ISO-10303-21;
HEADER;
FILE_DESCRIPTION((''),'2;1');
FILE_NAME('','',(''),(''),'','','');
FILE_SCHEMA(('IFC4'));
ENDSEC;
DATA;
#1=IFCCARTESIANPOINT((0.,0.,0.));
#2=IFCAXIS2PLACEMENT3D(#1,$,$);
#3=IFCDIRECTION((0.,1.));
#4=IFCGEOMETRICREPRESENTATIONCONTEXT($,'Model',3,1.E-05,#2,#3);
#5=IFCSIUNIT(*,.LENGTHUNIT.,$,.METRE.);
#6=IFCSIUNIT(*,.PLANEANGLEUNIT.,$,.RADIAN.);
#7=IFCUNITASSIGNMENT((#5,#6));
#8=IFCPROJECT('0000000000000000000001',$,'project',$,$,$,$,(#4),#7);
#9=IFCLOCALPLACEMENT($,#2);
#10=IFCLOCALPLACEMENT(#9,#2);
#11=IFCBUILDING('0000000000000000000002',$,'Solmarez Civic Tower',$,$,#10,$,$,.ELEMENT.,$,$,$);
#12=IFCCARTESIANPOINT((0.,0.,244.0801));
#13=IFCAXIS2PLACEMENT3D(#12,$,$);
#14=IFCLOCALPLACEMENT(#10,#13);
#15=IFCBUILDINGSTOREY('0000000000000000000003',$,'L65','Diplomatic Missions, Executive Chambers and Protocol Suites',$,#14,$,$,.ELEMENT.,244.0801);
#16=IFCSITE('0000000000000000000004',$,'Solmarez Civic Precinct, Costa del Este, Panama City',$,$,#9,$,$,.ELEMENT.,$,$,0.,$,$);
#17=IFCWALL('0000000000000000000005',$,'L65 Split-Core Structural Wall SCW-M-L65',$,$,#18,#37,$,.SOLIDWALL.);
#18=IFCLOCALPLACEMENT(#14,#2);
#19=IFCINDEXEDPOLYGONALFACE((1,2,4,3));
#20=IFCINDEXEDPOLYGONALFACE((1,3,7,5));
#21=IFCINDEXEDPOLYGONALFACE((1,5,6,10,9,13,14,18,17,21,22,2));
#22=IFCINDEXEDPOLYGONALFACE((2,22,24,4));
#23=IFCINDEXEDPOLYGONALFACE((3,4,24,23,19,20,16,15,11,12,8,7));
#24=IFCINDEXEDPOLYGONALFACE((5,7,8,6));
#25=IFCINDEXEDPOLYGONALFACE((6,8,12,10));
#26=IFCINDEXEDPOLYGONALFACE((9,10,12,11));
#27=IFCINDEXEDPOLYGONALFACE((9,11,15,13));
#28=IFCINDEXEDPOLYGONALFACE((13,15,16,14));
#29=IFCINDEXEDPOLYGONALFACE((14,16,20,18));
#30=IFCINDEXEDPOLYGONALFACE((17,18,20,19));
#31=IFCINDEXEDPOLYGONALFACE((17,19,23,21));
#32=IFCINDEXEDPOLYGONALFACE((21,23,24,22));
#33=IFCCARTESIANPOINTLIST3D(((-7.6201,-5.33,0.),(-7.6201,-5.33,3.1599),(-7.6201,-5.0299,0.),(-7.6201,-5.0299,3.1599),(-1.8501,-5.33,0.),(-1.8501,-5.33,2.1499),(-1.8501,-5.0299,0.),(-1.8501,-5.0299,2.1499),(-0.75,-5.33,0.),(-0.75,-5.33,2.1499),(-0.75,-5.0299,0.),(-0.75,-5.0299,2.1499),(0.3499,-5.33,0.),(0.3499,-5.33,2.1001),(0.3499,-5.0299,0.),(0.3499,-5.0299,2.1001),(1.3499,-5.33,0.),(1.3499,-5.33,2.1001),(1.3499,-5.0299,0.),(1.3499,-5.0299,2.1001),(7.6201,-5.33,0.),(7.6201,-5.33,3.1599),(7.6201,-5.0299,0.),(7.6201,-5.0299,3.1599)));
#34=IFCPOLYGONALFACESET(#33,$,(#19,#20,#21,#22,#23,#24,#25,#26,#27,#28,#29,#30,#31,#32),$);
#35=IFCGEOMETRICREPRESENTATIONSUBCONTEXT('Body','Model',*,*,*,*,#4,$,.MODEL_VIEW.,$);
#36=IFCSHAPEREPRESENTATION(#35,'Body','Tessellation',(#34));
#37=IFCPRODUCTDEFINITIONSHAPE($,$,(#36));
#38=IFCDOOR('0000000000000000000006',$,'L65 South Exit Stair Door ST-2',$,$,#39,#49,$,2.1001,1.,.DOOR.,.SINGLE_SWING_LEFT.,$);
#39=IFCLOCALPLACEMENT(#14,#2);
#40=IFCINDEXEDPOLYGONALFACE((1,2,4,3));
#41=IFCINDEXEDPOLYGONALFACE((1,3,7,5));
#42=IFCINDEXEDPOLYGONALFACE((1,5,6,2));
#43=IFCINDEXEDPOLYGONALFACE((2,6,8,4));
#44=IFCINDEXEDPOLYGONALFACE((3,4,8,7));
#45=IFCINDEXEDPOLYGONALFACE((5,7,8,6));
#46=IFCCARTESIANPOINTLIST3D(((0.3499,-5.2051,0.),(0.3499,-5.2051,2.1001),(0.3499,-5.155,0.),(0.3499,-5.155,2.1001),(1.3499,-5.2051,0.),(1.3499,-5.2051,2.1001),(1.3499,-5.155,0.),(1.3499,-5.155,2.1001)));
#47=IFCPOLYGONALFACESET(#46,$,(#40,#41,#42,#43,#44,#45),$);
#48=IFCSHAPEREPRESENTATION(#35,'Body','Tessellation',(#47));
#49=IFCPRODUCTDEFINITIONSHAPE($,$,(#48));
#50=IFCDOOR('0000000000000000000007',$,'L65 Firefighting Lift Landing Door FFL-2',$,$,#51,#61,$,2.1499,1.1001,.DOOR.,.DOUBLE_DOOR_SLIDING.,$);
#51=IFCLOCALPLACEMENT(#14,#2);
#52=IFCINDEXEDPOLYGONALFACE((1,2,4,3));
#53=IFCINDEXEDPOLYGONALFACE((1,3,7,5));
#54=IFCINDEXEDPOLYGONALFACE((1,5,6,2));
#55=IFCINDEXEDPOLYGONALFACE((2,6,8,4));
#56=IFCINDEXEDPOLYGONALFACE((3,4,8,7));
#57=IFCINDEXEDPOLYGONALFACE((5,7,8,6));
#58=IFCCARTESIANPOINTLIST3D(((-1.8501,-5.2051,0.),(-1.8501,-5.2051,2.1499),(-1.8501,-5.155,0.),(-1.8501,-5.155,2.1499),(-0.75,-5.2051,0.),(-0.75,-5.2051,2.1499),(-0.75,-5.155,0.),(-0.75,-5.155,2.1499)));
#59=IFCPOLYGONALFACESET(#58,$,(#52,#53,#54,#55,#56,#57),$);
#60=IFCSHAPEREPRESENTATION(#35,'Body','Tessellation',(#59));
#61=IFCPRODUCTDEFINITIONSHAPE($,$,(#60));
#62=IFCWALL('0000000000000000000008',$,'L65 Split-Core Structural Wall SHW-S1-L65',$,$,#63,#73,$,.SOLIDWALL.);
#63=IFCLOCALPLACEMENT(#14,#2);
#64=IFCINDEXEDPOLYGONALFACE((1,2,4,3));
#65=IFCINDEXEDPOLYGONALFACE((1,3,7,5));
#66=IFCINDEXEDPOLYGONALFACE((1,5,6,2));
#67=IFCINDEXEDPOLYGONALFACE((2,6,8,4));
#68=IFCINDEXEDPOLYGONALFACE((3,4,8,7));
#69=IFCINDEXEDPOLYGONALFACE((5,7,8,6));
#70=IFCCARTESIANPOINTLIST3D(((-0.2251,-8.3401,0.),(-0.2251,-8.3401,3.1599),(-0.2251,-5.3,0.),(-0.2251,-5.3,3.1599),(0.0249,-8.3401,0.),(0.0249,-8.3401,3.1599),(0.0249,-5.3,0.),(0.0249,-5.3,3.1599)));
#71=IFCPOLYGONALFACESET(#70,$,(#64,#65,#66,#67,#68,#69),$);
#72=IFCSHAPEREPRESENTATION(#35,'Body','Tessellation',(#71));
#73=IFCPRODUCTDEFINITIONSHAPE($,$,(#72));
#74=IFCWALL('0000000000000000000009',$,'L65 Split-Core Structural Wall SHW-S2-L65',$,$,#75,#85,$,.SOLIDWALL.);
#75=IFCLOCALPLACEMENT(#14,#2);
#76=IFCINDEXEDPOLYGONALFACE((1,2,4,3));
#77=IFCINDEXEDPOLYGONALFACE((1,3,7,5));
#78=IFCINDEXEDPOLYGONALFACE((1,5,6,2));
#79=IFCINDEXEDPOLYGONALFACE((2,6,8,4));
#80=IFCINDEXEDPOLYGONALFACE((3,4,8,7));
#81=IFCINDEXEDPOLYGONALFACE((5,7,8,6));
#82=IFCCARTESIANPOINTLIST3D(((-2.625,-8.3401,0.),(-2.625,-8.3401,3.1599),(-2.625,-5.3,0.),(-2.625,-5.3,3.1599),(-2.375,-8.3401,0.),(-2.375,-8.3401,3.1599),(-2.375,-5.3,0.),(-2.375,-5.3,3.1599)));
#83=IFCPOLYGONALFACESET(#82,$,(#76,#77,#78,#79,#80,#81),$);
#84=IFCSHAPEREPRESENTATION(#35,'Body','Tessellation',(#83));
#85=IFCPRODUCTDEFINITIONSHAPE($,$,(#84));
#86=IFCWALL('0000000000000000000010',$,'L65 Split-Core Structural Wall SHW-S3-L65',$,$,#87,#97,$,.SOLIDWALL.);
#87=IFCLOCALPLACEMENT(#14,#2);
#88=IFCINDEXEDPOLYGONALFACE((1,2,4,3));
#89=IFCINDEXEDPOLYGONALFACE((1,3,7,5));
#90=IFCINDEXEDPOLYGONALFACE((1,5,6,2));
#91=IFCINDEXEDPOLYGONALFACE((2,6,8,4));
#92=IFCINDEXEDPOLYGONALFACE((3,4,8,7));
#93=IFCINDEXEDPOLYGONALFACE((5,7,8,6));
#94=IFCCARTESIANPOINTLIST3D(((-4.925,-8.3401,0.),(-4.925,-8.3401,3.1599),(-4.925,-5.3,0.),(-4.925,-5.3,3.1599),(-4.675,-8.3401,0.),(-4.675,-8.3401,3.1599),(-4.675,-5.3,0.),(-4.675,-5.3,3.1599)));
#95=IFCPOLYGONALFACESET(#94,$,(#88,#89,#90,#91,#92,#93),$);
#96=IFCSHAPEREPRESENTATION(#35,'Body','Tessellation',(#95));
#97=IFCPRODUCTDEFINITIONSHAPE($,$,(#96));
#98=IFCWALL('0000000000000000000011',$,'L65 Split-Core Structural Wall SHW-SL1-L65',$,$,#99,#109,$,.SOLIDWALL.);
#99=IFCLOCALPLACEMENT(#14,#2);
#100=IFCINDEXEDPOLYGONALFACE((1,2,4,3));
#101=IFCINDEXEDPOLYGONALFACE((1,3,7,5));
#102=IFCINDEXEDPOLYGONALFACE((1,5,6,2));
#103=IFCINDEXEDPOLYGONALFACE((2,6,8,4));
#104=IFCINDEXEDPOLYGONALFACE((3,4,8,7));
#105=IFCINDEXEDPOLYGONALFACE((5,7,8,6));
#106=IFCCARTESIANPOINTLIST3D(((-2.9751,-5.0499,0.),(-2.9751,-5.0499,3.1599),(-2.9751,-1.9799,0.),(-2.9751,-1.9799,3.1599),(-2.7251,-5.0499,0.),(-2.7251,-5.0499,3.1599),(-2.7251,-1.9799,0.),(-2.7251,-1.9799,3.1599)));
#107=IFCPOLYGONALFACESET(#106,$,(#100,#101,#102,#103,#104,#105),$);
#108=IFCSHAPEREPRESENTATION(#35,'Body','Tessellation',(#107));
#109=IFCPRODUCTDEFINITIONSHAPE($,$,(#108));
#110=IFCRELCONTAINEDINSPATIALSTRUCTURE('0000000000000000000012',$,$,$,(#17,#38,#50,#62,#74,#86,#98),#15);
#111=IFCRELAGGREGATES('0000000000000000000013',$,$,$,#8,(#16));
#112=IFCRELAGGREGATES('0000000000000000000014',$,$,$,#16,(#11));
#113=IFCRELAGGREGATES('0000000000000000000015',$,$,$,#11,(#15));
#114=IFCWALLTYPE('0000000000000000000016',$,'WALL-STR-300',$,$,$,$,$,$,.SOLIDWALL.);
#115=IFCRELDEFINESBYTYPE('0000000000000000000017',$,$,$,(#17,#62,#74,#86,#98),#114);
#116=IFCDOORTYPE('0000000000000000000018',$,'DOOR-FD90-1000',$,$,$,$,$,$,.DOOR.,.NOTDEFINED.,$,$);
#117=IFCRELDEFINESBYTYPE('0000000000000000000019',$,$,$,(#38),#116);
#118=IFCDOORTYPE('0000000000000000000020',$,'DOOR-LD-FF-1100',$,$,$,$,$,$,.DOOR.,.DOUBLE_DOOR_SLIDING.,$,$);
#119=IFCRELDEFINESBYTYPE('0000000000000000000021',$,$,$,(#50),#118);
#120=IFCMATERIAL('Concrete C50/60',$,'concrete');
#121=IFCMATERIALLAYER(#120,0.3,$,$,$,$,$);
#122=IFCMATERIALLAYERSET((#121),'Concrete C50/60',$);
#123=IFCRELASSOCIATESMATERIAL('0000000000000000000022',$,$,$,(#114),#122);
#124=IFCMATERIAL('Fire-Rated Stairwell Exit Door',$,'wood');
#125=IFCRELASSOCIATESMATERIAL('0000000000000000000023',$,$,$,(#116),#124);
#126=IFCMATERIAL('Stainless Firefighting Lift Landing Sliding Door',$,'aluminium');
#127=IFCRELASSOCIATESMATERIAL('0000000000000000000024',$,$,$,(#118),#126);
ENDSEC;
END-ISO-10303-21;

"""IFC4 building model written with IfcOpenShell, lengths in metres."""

from ifc_helpers import new_model, si_unit, direction, frame, frame_2d, origin, place, context, subcontext, project, spatial, rectangle, extrude, material, layer, layer_set, type_object, element, fill, save


model = new_model("IFC4")

# Units and contexts
model_context = context("Model", 3, precision=1e-05, world=origin(), true_north=direction((0.0, 1.0)))
body_context = subcontext(model_context, "Body", "Model", "MODEL_VIEW")
ifc_project = project(units=[si_unit("LENGTHUNIT", "METRE"), si_unit("PLANEANGLEUNIT", "RADIAN")], contexts=[model_context])

# Site, building, storey
site_placement = place(None, origin())
site = spatial("IfcSite", under=ifc_project, at=site_placement, Name="Solmarez Civic Precinct, Costa del Este, Panama City", CompositionType="ELEMENT", RefElevation=0.0)
building_placement = place(site_placement, origin())
building = spatial("IfcBuilding", under=site, at=building_placement, Name="Solmarez Civic Tower", CompositionType="ELEMENT")
storey_placement = place(building_placement, frame((0.0, 0.0, 244.0801)))
storey = spatial("IfcBuildingStorey", under=building, at=storey_placement, Name="L65", Description="Diplomatic Missions, Executive Chambers and Protocol Suites", CompositionType="ELEMENT", Elevation=244.0801)

# Shared definitions
ifc_material_1 = material(Name="Concrete C50/60", Category="concrete")

# Wall, openings, doors
ifc_layer_1 = layer(ifc_material_1, 0.3)
ifc_layer_set_1 = layer_set([ifc_layer_1], Name="Concrete C50/60")
wall_type_1 = type_object("IfcWallType", Name="WALL-STR-300", PredefinedType="SOLIDWALL", material=ifc_layer_set_1)
wall_1_placement = place(storey_placement, frame((-7.6201, -5.1799, 0.0), z_axis=(0.0, 0.0, 1.0), x_axis=(1.0, 0.0, 0.0)))
wall_1 = element("IfcWall", 1, at=wall_1_placement, inside=storey, type_object=wall_type_1, Name="L65 Split-Core Structural Wall SCW-M-L65", PredefinedType="SOLIDWALL", context=body_context, shape_type="SweptSolid", body=[
    extrude(rectangle(XDim=15.2402, YDim=0.3, at=frame_2d((7.6201, 0.0))), origin(), (0.0, 0.0, 1.0), 3.1599),
])
opening_1_placement = place(wall_1_placement, frame((5.77, 0.0, 0.0)))
opening_1 = element("IfcOpeningElement", 2, at=opening_1_placement, cuts=wall_1, PredefinedType="OPENING", context=body_context, shape_type="SweptSolid", body=[
    extrude(rectangle(XDim=1.1001, YDim=2.1499, at=frame_2d((0.55, 1.075))), frame((0.0, 0.1599, 0.0), z_axis=(0.0, -1.0, 0.0), x_axis=(1.0, 0.0, 0.0)), (0.0, 0.0, 1.0), 0.3201),
])
opening_2_placement = place(wall_1_placement, frame((7.97, 0.0, 0.0)))
opening_2 = element("IfcOpeningElement", 3, at=opening_2_placement, cuts=wall_1, PredefinedType="OPENING", context=body_context, shape_type="SweptSolid", body=[
    extrude(rectangle(XDim=1.0, YDim=2.1001, at=frame_2d((0.5, 1.05))), frame((0.0, 0.1599, 0.0), z_axis=(0.0, -1.0, 0.0), x_axis=(1.0, 0.0, 0.0)), (0.0, 0.0, 1.0), 0.3201),
])
ifc_material_2 = material(Name="Fire-Rated Stairwell Exit Door", Category="wood")
door_type_1 = type_object("IfcDoorType", Name="DOOR-FD90-1000", OperationType="NOTDEFINED", PredefinedType="DOOR", material=ifc_material_2)
door_1_placement = place(opening_2_placement, origin())
door_1 = element("IfcDoor", 4, at=door_1_placement, inside=storey, type_object=door_type_1, Name="L65 South Exit Stair Door ST-2", OperationType="SINGLE_SWING_LEFT", OverallHeight=2.1001, OverallWidth=1.0, PredefinedType="DOOR", context=body_context, shape_type="SweptSolid", body=[
    extrude(rectangle(XDim=1.0, YDim=2.1001, at=frame_2d((0.5, 1.05))), frame((0.0, 0.0249, 0.0), z_axis=(0.0, -1.0, 0.0), x_axis=(1.0, 0.0, 0.0)), (0.0, 0.0, 1.0), 0.05),
])
fill(opening_2, door_1)
ifc_material_3 = material(Name="Stainless Firefighting Lift Landing Sliding Door", Category="aluminium")
door_type_2 = type_object("IfcDoorType", Name="DOOR-LD-FF-1100", OperationType="DOUBLE_DOOR_SLIDING", PredefinedType="DOOR", material=ifc_material_3)
door_2_placement = place(opening_1_placement, origin())
door_2 = element("IfcDoor", 5, at=door_2_placement, inside=storey, type_object=door_type_2, Name="L65 Firefighting Lift Landing Door FFL-2", OperationType="DOUBLE_DOOR_SLIDING", OverallHeight=2.1499, OverallWidth=1.1001, PredefinedType="DOOR", context=body_context, shape_type="SweptSolid", body=[
    extrude(rectangle(XDim=1.1001, YDim=2.1499, at=frame_2d((0.55, 1.075))), frame((0.0, 0.0249, 0.0), z_axis=(0.0, -1.0, 0.0), x_axis=(1.0, 0.0, 0.0)), (0.0, 0.0, 1.0), 0.05),
])
fill(opening_1, door_2)

# Walls
for number, where, z_axis, x_axis, name in (
    (6, (-0.1001, -8.3401, 0.0), (0.0, 0.0, 1.0), (0.0, 1.0, 0.0), "L65 Split-Core Structural Wall SHW-S1-L65"),
    (7, (-2.5, -8.3401, 0.0), (0.0, 0.0, 1.0), (0.0, 1.0, 0.0), "L65 Split-Core Structural Wall SHW-S2-L65"),
    (8, (-4.8, -8.3401, 0.0), (0.0, 0.0, 1.0), (0.0, 1.0, 0.0), "L65 Split-Core Structural Wall SHW-S3-L65"),
):
    element("IfcWall", number, at=place(storey_placement, frame(where, z_axis=z_axis, x_axis=x_axis)), inside=storey, type_object=wall_type_1, Name=name, PredefinedType="SOLIDWALL", context=body_context, shape_type="SweptSolid", body=[
        extrude(rectangle(XDim=3.04, YDim=0.25, at=frame_2d((1.52, 0.0))), origin(), (0.0, 0.0, 1.0), 3.1599),
    ])
wall_2_placement = place(storey_placement, frame((-2.8501, -5.05, 0.0), z_axis=(0.0, 0.0, 1.0), x_axis=(0.0, 1.0, 0.0)))
element("IfcWall", 9, at=wall_2_placement, inside=storey, type_object=wall_type_1, Name="L65 Split-Core Structural Wall SHW-SL1-L65", PredefinedType="SOLIDWALL", context=body_context, shape_type="SweptSolid", body=[
    extrude(rectangle(XDim=3.0701, YDim=0.25, at=frame_2d((1.5352, 0.0))), origin(), (0.0, 0.0, 1.0), 3.1599),
])

save(model, "model.ifc")
